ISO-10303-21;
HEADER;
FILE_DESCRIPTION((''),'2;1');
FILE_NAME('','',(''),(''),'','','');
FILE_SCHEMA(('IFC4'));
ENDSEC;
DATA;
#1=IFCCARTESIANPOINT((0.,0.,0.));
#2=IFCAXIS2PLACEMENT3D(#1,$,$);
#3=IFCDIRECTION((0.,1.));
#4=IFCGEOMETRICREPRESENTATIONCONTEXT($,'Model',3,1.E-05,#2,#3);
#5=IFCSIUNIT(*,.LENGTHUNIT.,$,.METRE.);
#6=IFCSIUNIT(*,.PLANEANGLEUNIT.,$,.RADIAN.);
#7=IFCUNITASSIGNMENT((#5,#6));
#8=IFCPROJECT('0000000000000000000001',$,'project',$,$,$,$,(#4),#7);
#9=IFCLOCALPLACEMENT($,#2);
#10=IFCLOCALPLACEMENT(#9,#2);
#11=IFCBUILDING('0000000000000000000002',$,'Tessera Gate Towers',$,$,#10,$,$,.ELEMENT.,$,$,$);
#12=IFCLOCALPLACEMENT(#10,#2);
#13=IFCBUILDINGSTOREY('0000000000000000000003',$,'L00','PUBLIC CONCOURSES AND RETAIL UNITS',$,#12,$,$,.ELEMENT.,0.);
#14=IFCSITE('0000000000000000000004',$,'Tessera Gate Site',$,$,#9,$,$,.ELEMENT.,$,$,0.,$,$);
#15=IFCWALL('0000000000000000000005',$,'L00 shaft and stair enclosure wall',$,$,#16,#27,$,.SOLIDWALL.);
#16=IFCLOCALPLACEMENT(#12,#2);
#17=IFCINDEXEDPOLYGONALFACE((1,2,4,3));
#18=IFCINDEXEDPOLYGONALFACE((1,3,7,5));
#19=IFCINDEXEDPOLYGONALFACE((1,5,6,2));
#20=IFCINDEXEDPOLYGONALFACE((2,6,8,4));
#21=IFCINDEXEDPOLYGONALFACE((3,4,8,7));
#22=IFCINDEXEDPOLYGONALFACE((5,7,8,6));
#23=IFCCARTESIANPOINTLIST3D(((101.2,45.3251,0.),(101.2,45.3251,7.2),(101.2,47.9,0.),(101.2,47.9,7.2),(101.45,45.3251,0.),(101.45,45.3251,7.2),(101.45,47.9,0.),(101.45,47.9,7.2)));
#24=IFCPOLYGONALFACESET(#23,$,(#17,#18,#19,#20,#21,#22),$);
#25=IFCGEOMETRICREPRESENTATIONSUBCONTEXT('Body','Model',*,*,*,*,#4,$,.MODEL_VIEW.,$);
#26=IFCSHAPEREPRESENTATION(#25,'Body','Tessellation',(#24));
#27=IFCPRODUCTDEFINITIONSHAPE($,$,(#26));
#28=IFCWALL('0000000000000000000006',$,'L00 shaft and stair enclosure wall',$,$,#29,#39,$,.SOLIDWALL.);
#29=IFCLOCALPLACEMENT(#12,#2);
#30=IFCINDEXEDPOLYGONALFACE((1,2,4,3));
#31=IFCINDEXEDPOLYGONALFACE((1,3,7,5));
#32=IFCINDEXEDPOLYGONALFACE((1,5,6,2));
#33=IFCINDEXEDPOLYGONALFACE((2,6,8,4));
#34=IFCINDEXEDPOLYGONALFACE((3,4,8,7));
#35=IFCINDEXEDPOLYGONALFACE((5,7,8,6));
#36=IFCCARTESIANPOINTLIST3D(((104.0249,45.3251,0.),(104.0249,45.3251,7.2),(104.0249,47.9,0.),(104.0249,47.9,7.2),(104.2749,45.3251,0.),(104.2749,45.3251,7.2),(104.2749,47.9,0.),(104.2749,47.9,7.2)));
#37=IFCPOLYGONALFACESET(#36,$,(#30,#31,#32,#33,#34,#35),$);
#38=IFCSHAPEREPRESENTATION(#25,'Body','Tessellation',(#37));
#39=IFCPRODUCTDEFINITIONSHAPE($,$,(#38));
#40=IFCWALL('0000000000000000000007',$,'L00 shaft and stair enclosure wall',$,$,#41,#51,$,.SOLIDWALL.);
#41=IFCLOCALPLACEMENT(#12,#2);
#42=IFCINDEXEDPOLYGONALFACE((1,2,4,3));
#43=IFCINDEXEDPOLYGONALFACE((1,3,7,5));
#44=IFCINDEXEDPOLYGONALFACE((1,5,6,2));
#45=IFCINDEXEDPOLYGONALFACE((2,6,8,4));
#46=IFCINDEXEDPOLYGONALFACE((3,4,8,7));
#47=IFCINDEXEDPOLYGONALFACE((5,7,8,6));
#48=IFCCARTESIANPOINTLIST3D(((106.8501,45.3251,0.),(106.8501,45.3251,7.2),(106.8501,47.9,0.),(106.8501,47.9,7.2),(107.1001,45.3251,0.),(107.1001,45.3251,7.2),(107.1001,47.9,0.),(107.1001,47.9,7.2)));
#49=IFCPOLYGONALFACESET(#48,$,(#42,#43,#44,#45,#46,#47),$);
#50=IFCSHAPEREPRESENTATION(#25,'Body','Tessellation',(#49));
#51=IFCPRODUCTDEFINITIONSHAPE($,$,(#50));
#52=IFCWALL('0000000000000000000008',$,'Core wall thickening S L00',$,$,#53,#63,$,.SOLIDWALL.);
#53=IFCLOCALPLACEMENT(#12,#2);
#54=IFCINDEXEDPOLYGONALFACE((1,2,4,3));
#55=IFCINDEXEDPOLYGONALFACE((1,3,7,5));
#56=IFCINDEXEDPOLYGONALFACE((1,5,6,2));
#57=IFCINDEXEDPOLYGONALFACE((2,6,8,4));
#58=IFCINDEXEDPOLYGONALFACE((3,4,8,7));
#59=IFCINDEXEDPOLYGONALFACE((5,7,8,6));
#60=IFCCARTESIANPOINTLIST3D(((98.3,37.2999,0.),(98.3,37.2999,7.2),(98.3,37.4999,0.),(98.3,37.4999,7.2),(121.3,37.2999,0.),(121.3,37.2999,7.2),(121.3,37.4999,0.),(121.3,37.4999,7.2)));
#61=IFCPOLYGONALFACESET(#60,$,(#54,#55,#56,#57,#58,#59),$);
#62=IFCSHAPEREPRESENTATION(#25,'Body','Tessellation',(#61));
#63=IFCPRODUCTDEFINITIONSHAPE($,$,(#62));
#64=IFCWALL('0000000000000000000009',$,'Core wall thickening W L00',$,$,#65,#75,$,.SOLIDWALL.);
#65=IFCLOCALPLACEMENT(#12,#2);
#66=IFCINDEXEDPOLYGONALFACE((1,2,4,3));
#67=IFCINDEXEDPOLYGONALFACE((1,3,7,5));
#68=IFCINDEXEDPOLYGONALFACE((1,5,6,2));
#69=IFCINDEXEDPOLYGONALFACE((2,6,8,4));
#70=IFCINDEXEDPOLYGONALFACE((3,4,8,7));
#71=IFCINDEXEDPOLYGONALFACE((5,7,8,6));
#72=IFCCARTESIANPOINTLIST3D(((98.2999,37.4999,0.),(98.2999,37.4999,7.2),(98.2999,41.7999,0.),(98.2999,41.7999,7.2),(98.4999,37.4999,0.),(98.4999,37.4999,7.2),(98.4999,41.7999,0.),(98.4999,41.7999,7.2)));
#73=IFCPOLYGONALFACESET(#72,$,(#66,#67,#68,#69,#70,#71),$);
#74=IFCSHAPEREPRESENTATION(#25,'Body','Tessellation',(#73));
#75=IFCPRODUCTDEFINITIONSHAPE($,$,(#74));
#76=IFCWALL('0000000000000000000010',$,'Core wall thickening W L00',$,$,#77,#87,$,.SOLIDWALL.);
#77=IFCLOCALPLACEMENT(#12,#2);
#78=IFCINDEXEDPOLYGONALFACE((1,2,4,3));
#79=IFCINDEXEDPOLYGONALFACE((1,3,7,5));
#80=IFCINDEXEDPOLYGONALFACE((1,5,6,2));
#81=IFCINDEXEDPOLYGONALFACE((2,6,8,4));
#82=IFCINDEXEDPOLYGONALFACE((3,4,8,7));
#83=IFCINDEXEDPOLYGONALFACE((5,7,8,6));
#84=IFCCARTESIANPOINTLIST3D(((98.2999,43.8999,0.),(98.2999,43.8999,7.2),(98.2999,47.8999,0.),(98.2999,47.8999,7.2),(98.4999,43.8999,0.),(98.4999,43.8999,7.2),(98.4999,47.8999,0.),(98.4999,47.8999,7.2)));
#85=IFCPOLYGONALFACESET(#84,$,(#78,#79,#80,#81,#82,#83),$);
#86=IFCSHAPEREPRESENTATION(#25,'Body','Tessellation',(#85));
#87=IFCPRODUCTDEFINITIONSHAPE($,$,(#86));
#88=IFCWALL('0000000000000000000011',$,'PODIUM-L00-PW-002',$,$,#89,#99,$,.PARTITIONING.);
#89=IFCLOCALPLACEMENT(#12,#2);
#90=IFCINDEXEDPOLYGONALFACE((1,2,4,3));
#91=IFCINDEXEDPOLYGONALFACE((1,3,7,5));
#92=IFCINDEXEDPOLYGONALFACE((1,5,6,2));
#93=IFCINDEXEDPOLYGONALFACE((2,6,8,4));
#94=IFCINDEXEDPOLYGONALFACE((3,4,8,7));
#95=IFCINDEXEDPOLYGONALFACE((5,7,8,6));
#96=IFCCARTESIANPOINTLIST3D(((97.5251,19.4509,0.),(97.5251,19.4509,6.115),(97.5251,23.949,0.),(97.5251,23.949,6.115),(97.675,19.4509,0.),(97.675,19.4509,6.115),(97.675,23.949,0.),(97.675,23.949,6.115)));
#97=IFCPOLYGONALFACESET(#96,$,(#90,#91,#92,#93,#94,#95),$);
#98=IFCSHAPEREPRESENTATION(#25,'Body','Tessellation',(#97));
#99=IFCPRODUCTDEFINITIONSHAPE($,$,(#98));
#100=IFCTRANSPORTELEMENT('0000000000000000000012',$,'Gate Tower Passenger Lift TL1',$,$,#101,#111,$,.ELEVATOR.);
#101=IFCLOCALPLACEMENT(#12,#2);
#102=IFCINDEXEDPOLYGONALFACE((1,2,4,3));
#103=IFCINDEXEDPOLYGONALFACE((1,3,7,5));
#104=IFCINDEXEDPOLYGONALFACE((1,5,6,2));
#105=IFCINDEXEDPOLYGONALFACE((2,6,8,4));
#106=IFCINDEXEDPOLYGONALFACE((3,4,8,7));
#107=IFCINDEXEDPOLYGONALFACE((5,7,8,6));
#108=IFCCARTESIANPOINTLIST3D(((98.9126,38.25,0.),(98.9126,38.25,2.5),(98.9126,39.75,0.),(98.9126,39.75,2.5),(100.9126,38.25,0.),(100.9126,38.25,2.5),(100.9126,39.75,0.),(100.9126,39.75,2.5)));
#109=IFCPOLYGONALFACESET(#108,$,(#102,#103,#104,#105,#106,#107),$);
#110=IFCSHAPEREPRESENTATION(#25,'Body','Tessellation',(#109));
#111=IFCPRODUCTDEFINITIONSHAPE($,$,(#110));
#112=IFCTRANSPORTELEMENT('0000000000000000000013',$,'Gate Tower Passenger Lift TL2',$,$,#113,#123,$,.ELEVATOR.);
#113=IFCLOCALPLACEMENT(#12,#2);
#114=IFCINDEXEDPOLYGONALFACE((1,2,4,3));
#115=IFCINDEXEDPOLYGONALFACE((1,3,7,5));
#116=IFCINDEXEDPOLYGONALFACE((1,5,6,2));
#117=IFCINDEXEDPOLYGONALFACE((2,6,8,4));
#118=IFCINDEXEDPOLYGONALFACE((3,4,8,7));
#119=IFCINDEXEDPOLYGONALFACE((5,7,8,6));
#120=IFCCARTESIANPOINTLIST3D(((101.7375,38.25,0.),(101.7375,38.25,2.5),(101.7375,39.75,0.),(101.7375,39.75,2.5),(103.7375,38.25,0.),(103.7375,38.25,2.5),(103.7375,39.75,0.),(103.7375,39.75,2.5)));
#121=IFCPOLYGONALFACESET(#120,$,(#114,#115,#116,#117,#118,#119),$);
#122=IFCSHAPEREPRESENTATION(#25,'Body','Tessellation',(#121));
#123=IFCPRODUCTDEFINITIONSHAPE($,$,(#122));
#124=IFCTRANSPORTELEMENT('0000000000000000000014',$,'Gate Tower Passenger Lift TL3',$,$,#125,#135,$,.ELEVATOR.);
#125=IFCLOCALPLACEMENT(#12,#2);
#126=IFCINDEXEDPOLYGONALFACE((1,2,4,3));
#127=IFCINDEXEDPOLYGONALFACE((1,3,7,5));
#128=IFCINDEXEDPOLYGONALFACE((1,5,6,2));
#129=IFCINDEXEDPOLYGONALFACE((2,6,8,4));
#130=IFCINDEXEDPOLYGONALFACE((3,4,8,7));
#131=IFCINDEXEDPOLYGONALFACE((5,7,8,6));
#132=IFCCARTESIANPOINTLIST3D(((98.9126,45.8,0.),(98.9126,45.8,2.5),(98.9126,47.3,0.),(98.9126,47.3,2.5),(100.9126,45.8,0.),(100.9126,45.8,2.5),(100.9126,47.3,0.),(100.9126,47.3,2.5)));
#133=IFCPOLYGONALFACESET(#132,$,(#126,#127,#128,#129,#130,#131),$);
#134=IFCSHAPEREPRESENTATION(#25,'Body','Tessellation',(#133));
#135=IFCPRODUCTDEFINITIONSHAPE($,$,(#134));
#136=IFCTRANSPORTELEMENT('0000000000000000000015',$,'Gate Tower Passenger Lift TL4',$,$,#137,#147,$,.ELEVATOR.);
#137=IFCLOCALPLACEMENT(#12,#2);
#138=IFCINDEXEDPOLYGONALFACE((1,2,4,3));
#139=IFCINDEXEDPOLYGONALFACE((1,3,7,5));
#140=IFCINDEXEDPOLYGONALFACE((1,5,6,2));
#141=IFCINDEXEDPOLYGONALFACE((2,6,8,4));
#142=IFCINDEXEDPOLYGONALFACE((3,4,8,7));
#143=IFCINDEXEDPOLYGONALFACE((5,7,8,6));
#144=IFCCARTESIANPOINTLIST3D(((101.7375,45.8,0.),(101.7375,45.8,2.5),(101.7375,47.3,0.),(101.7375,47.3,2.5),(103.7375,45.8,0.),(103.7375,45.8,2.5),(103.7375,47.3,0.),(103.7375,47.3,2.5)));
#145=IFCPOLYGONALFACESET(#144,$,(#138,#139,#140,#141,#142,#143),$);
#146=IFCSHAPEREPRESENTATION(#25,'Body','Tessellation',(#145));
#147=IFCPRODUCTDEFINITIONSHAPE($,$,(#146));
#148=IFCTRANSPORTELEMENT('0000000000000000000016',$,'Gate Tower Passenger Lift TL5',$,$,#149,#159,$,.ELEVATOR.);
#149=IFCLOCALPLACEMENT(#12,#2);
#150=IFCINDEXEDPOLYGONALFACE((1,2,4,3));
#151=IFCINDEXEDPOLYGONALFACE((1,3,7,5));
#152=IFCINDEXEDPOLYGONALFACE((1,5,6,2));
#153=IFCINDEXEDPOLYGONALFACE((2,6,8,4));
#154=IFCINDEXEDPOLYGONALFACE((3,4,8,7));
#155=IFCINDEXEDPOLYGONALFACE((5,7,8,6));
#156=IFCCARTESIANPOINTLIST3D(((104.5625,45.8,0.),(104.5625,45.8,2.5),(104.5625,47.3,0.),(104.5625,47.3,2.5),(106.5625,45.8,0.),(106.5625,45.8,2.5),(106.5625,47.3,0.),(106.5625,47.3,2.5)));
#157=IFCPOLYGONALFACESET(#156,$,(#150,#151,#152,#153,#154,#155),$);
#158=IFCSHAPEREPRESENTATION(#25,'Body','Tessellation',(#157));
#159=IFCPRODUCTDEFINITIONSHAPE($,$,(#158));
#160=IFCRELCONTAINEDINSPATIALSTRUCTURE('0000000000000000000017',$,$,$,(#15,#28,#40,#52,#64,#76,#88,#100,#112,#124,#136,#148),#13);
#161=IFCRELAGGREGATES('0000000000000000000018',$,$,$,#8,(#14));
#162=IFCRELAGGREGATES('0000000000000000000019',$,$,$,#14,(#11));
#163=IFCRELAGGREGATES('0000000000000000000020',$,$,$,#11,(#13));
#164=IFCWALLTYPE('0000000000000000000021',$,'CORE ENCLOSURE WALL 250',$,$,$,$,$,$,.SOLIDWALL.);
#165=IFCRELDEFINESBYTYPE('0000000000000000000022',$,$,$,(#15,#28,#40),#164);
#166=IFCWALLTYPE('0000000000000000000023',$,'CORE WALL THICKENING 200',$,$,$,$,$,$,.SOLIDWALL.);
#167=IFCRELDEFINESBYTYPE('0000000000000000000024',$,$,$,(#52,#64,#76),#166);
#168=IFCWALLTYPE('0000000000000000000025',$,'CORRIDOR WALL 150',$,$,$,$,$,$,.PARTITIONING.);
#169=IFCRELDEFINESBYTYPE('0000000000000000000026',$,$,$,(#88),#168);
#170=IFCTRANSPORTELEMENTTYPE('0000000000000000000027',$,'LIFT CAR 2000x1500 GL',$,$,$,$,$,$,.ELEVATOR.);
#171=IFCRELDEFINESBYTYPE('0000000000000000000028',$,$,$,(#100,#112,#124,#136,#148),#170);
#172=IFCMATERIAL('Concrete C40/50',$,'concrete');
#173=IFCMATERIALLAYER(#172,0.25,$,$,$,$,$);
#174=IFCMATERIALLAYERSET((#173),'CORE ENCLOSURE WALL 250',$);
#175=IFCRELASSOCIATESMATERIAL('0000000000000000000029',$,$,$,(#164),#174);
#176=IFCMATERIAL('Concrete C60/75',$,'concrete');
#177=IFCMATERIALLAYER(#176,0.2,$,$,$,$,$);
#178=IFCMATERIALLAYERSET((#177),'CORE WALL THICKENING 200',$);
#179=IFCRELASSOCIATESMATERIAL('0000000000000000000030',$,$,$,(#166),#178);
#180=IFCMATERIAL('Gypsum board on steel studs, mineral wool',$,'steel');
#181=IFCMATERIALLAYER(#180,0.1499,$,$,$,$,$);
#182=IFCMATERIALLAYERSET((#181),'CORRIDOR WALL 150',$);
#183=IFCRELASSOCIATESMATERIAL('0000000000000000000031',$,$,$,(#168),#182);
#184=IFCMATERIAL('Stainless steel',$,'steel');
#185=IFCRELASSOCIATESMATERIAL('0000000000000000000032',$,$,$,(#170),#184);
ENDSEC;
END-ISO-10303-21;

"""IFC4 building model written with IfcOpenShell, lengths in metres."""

from ifc_helpers import new_model, si_unit, direction, frame, frame_2d, origin, origin_2d, place, context, subcontext, project, spatial, rectangle, extrude, material, layer, layer_set, type_object, element, save


model = new_model("IFC4")

# Units and contexts
model_context = context("Model", 3, precision=1e-05, world=origin(), true_north=direction((0.0, 1.0)))
body_context = subcontext(model_context, "Body", "Model", "MODEL_VIEW")
ifc_project = project(units=[si_unit("LENGTHUNIT", "METRE"), si_unit("PLANEANGLEUNIT", "RADIAN")], contexts=[model_context])

# Site, building, storey
site_placement = place(None, origin())
site = spatial("IfcSite", under=ifc_project, at=site_placement, Name="Tessera Gate Site", CompositionType="ELEMENT", RefElevation=0.0)
building_placement = place(site_placement, origin())
building = spatial("IfcBuilding", under=site, at=building_placement, Name="Tessera Gate Towers", CompositionType="ELEMENT")
storey_placement = place(building_placement, origin())
storey = spatial("IfcBuildingStorey", under=building, at=storey_placement, Name="L00", Description="PUBLIC CONCOURSES AND RETAIL UNITS", CompositionType="ELEMENT", Elevation=0.0)

# Shared definitions
ifc_material_1 = material(Name="Concrete C40/50", Category="concrete")
ifc_layer_1 = layer(ifc_material_1, 0.25)
ifc_layer_set_1 = layer_set([ifc_layer_1], Name="CORE ENCLOSURE WALL 250")
wall_type_1 = type_object("IfcWallType", Name="CORE ENCLOSURE WALL 250", PredefinedType="SOLIDWALL", material=ifc_layer_set_1)

# Walls
for number, where, z_axis, x_axis, name in (
    (1, (101.325, 45.325, 0.0), (0.0, 0.0, 1.0), (0.0, 1.0, 0.0), "L00 shaft and stair enclosure wall"),
    (2, (104.1499, 45.325, 0.0), (0.0, 0.0, 1.0), (0.0, 1.0, 0.0), "L00 shaft and stair enclosure wall"),
    (3, (106.9751, 45.325, 0.0), (0.0, 0.0, 1.0), (0.0, 1.0, 0.0), "L00 shaft and stair enclosure wall"),
):
    element("IfcWall", number, at=place(storey_placement, frame(where, z_axis=z_axis, x_axis=x_axis)), inside=storey, type_object=wall_type_1, Name=name, PredefinedType="SOLIDWALL", context=body_context, shape_type="SweptSolid", body=[
        extrude(rectangle(XDim=2.575, YDim=0.25, at=frame_2d((1.2876, 0.0))), origin(), (0.0, 0.0, 1.0), 7.2),
    ])

# Walls
ifc_material_2 = material(Name="Concrete C60/75", Category="concrete")
ifc_layer_2 = layer(ifc_material_2, 0.2)
ifc_layer_set_2 = layer_set([ifc_layer_2], Name="CORE WALL THICKENING 200")
wall_type_2 = type_object("IfcWallType", Name="CORE WALL THICKENING 200", PredefinedType="SOLIDWALL", material=ifc_layer_set_2)
wall_1_placement = place(storey_placement, frame((98.3, 37.3999, 0.0), z_axis=(0.0, 0.0, 1.0), x_axis=(1.0, 0.0, 0.0)))
element("IfcWall", 4, at=wall_1_placement, inside=storey, type_object=wall_type_2, Name="Core wall thickening S L00", PredefinedType="SOLIDWALL", context=body_context, shape_type="SweptSolid", body=[
    extrude(rectangle(XDim=23.0, YDim=0.2, at=frame_2d((11.5, 0.0))), origin(), (0.0, 0.0, 1.0), 7.2),
])
wall_2_placement = place(storey_placement, frame((98.3999, 37.5, 0.0), z_axis=(0.0, 0.0, 1.0), x_axis=(0.0, 1.0, 0.0)))
element("IfcWall", 5, at=wall_2_placement, inside=storey, type_object=wall_type_2, Name="Core wall thickening W L00", PredefinedType="SOLIDWALL", context=body_context, shape_type="SweptSolid", body=[
    extrude(rectangle(XDim=4.3, YDim=0.2, at=frame_2d((2.1499, 0.0))), origin(), (0.0, 0.0, 1.0), 7.2),
])
wall_3_placement = place(storey_placement, frame((98.3999, 43.8999, 0.0), z_axis=(0.0, 0.0, 1.0), x_axis=(0.0, 1.0, 0.0)))
element("IfcWall", 6, at=wall_3_placement, inside=storey, type_object=wall_type_2, Name="Core wall thickening W L00", PredefinedType="SOLIDWALL", context=body_context, shape_type="SweptSolid", body=[
    extrude(rectangle(XDim=4.0, YDim=0.2, at=frame_2d((2.0, 0.0))), origin(), (0.0, 0.0, 1.0), 7.2),
])
ifc_material_3 = material(Name="Gypsum board on steel studs, mineral wool", Category="steel")
ifc_layer_3 = layer(ifc_material_3, 0.1499)
ifc_layer_set_3 = layer_set([ifc_layer_3], Name="CORRIDOR WALL 150")
wall_type_3 = type_object("IfcWallType", Name="CORRIDOR WALL 150", PredefinedType="PARTITIONING", material=ifc_layer_set_3)
wall_4_placement = place(storey_placement, frame((97.6001, 19.4509, 0.0), z_axis=(0.0, 0.0, 1.0), x_axis=(0.0, 1.0, 0.0)))
element("IfcWall", 7, at=wall_4_placement, inside=storey, type_object=wall_type_3, Name="PODIUM-L00-PW-002", PredefinedType="PARTITIONING", context=body_context, shape_type="SweptSolid", body=[
    extrude(rectangle(XDim=4.498, YDim=0.1499, at=frame_2d((2.249, 0.0))), origin(), (0.0, 0.0, 1.0), 6.115),
])

# Transport elements
ifc_material_4 = material(Name="Stainless steel", Category="steel")
transport_element_type = type_object("IfcTransportElementType", Name="LIFT CAR 2000x1500 GL", PredefinedType="ELEVATOR", material=ifc_material_4)
for number, where, z_axis, x_axis, name in (
    (8, (99.9126, 39.0, 0.0), (0.0, 0.0, 1.0), (1.0, 0.0, 0.0), "Gate Tower Passenger Lift TL1"),
    (9, (102.7375, 39.0, 0.0), (0.0, 0.0, 1.0), (1.0, 0.0, 0.0), "Gate Tower Passenger Lift TL2"),
    (10, (99.9126, 46.55, 0.0), (0.0, 0.0, 1.0), (1.0, 0.0, 0.0), "Gate Tower Passenger Lift TL3"),
    (11, (102.7375, 46.55, 0.0), (0.0, 0.0, 1.0), (1.0, 0.0, 0.0), "Gate Tower Passenger Lift TL4"),
    (12, (105.5625, 46.55, 0.0), (0.0, 0.0, 1.0), (1.0, 0.0, 0.0), "Gate Tower Passenger Lift TL5"),
):
    element("IfcTransportElement", number, at=place(storey_placement, frame(where, z_axis=z_axis, x_axis=x_axis)), inside=storey, type_object=transport_element_type, Name=name, PredefinedType="ELEVATOR", context=body_context, shape_type="SweptSolid", body=[
        extrude(rectangle(XDim=2.0, YDim=1.5, at=origin_2d()), origin(), (0.0, 0.0, 1.0), 2.5),
    ])

save(model, "model.ifc")
